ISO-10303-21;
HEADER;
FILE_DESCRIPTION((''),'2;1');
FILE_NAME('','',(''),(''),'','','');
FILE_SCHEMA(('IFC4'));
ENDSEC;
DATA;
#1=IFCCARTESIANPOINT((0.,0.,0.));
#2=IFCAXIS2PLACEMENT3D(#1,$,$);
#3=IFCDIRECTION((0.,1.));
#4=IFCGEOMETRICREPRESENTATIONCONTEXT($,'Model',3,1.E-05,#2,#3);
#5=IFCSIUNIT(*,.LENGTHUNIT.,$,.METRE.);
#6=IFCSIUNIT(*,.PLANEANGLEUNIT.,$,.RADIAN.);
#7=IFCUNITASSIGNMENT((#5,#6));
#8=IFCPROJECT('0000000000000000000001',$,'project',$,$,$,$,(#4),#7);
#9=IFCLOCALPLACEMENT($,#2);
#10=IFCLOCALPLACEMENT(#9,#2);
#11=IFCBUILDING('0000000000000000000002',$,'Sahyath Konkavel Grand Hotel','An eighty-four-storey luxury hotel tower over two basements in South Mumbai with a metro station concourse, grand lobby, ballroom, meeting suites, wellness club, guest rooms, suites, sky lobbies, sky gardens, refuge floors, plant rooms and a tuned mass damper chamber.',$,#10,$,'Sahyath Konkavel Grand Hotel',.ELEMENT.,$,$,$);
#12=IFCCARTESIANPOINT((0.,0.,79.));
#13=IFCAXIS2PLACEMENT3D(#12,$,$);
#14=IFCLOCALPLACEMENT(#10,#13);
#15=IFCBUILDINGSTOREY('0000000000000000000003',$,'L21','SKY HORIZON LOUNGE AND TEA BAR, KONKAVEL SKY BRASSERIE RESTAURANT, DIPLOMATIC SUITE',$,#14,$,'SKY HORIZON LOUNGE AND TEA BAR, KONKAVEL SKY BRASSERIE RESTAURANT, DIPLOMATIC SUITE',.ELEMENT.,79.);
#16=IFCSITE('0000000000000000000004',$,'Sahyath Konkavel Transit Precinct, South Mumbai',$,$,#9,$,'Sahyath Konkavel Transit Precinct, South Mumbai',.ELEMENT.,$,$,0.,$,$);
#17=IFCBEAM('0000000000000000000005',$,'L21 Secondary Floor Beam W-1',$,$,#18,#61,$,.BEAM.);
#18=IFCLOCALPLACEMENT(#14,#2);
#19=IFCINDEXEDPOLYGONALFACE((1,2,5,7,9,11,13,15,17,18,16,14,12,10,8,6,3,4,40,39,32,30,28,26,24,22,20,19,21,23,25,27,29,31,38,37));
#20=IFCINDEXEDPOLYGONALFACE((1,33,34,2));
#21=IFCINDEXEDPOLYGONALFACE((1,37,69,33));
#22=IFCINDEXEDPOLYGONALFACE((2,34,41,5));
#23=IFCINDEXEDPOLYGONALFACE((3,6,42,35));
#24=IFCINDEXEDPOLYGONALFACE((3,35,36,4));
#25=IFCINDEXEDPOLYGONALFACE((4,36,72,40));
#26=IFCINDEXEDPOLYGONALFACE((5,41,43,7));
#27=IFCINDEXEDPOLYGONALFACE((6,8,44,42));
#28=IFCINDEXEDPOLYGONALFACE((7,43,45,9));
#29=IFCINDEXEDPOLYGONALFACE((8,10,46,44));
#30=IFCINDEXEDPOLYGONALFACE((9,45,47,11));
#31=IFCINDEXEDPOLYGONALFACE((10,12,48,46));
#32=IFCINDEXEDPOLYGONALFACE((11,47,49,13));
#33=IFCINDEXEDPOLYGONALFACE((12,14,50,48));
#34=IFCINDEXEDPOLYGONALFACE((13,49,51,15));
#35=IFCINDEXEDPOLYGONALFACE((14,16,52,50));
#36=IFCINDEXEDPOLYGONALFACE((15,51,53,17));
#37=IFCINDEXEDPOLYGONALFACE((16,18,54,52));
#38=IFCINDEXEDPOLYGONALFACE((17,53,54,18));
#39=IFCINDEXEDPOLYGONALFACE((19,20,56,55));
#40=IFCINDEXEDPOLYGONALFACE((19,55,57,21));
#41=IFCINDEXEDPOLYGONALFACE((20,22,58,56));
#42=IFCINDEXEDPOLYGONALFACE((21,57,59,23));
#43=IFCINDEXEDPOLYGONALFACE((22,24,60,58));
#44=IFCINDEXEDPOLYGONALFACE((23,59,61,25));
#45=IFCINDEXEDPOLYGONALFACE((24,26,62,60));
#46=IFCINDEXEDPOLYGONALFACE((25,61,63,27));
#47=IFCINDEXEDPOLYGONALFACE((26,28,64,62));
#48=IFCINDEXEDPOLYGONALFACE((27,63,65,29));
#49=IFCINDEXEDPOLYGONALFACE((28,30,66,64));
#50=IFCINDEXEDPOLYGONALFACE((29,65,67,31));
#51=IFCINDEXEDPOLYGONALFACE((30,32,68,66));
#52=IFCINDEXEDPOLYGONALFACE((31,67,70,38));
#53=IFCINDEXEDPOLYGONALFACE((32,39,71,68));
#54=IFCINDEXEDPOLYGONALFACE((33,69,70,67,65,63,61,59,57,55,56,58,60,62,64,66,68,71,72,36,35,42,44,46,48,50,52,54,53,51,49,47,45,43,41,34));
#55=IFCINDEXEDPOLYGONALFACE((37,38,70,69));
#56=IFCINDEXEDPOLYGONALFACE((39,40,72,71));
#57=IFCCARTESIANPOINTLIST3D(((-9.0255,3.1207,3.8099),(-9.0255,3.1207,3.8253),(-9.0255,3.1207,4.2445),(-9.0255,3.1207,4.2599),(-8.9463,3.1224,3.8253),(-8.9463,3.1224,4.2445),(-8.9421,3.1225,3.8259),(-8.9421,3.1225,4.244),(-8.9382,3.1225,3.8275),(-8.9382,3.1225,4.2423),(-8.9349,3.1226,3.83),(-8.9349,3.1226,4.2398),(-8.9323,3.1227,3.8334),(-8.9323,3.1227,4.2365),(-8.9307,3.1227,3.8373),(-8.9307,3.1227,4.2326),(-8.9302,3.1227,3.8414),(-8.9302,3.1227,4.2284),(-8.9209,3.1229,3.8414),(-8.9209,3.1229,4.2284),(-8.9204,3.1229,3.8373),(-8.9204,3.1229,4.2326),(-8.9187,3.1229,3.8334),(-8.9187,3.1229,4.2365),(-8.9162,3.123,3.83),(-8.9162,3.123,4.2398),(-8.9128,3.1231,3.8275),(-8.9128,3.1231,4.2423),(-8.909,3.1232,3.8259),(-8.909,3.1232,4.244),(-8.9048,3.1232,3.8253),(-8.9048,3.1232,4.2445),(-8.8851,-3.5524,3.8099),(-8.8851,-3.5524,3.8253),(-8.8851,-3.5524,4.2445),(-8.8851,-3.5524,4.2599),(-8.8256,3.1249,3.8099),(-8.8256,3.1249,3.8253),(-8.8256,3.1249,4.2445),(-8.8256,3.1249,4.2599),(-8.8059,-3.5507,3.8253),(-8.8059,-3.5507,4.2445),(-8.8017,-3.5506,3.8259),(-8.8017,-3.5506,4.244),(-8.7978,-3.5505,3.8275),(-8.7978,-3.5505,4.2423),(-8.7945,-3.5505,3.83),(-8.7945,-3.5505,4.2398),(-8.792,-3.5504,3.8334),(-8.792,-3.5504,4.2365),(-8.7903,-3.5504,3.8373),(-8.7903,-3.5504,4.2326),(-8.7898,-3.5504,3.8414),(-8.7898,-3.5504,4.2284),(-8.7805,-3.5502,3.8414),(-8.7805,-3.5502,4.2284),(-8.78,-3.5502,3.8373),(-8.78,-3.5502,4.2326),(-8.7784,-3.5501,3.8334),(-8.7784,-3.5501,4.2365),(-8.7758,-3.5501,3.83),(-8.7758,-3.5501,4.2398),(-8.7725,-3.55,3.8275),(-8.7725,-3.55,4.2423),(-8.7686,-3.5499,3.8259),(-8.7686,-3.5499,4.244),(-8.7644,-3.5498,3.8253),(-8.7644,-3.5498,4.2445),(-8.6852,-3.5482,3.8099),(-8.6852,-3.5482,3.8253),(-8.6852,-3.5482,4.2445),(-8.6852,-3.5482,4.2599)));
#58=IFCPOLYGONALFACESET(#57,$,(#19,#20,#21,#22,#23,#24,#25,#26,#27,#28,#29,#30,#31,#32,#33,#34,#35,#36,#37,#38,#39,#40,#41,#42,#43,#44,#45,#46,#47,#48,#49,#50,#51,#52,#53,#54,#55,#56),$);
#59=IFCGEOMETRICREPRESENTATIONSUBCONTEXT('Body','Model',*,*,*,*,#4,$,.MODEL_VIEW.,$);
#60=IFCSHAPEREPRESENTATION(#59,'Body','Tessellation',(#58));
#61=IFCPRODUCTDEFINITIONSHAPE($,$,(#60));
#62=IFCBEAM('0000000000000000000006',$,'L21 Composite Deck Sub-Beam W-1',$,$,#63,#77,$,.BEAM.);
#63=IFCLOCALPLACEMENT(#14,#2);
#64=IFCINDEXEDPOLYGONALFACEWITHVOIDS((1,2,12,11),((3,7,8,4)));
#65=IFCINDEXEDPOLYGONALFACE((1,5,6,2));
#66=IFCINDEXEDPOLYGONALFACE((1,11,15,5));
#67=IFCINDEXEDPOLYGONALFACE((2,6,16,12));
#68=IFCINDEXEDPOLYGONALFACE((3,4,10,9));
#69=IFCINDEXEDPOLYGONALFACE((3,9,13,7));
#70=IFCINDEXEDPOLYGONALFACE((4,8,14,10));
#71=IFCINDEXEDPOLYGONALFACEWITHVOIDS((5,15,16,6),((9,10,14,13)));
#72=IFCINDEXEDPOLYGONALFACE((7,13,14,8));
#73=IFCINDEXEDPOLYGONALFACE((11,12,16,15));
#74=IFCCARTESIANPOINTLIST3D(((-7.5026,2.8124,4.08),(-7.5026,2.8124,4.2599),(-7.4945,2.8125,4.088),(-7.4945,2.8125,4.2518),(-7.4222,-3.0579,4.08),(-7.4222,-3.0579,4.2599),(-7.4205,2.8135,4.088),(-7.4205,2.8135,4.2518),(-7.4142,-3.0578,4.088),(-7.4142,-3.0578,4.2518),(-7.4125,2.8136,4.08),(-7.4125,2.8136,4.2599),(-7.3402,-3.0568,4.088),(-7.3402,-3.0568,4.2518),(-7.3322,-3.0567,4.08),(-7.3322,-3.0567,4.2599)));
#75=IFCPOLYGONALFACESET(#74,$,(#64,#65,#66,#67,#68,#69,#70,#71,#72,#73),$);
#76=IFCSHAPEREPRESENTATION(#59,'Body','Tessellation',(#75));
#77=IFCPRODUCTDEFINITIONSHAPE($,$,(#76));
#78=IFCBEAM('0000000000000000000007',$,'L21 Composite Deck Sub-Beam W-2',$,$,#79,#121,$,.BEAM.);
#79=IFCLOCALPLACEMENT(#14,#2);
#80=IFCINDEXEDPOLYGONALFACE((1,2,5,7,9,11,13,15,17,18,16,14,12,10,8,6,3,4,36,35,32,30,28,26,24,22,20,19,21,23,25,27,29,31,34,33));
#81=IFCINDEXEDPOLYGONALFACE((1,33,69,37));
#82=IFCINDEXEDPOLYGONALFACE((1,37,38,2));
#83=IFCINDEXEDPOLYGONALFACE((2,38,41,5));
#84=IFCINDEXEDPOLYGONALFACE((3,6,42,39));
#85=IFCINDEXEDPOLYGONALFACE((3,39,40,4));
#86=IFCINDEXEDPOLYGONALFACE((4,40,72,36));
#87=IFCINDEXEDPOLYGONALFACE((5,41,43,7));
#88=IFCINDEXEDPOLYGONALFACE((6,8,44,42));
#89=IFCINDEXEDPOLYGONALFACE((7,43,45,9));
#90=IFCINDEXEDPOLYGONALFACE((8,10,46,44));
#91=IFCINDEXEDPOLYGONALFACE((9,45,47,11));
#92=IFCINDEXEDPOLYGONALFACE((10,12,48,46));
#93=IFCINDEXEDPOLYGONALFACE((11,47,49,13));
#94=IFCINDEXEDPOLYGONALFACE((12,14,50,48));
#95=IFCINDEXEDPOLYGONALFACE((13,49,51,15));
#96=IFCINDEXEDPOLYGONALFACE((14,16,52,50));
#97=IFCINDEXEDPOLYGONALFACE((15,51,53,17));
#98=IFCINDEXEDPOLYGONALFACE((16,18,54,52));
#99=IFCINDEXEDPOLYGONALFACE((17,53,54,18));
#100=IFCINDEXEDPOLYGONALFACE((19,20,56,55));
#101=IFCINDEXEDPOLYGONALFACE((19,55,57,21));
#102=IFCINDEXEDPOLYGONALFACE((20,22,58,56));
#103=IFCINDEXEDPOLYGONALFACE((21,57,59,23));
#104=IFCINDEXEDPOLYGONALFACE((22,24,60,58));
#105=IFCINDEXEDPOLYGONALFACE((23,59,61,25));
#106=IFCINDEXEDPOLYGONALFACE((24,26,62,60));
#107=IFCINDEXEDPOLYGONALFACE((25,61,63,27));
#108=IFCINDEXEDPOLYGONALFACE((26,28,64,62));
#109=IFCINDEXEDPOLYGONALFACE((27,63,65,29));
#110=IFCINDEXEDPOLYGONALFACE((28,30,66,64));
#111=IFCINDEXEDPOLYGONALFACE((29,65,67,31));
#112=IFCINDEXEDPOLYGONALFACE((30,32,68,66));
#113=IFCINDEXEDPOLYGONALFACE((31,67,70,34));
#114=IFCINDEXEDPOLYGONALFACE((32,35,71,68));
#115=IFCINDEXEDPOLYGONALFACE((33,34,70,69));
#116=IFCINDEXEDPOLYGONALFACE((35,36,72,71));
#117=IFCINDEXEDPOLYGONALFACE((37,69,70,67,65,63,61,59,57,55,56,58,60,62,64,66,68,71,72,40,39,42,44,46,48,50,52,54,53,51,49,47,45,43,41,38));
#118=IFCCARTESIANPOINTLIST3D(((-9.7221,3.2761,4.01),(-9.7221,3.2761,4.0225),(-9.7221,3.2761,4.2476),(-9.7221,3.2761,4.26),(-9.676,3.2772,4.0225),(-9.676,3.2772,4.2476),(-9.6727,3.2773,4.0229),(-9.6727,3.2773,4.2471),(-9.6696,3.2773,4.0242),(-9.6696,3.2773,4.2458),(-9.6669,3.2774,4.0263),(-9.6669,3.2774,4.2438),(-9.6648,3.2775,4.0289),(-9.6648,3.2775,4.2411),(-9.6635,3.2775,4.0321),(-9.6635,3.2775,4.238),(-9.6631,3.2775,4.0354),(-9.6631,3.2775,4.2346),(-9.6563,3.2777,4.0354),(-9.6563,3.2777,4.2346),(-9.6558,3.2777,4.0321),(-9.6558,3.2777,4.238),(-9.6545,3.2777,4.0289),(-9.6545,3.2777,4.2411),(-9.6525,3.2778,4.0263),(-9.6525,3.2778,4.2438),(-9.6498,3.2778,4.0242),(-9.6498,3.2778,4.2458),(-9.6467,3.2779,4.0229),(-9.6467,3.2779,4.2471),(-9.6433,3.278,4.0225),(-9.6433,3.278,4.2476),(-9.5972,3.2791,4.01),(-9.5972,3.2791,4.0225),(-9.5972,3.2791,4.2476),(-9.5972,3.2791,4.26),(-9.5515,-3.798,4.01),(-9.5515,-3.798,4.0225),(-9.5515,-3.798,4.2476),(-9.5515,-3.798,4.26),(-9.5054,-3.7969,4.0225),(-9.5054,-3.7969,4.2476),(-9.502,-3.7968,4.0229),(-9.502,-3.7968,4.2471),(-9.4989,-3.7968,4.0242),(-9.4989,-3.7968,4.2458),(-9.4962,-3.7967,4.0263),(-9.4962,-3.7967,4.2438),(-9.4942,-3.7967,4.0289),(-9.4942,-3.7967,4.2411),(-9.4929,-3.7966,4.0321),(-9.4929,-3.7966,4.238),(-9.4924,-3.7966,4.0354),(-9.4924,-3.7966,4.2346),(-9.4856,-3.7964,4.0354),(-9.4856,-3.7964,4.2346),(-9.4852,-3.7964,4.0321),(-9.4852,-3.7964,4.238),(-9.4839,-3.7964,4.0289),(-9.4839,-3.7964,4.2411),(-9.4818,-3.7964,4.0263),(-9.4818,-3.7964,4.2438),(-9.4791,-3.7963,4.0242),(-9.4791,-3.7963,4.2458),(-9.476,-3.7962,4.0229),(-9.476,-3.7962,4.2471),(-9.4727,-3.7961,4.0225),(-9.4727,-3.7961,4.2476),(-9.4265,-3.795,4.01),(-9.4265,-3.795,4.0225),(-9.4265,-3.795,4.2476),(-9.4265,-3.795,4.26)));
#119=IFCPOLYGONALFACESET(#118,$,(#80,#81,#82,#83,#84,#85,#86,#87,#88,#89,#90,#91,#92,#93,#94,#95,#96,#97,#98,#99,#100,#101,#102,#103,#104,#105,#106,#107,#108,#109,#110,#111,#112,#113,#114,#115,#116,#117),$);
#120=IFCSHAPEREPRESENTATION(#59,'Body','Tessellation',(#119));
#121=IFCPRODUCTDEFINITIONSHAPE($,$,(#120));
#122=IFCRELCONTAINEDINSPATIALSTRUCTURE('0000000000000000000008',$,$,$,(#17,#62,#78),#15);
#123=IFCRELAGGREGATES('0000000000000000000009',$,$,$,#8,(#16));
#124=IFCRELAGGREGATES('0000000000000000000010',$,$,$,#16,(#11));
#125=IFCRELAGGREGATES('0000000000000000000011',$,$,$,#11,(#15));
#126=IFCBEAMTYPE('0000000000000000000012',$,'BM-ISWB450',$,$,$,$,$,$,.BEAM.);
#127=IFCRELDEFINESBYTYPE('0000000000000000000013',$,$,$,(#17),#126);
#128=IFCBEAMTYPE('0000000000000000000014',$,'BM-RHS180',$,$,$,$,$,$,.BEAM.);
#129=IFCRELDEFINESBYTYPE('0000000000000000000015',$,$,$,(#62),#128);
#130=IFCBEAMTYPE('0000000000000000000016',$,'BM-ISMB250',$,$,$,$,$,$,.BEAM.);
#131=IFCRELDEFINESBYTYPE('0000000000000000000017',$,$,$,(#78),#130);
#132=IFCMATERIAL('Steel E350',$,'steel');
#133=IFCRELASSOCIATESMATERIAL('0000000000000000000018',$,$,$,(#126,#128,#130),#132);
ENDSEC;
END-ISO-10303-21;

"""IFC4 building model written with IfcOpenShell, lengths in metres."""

from ifc_helpers import new_model, si_unit, direction, frame, origin, origin_2d, place, context, subcontext, project, spatial, hollow_rectangle, i_section, extrude, source, transform, mapped, material, material_profile, profile_set, type_object, element, save


model = new_model("IFC4")

# Units and contexts
model_context = context("Model", 3, precision=1e-05, world=origin(), true_north=direction((0.0, 1.0)))
body_context = subcontext(model_context, "Body", "Model", "MODEL_VIEW")
ifc_project = project(units=[si_unit("LENGTHUNIT", "METRE"), si_unit("PLANEANGLEUNIT", "RADIAN")], contexts=[model_context])

# Site, building, storey
site_placement = place(None, origin())
site = spatial("IfcSite", under=ifc_project, at=site_placement, Name="Sahyath Konkavel Transit Precinct, South Mumbai", LongName="Sahyath Konkavel Transit Precinct, South Mumbai", CompositionType="ELEMENT", RefElevation=0.0)
building_placement = place(site_placement, origin())
building = spatial("IfcBuilding", under=site, at=building_placement, Name="Sahyath Konkavel Grand Hotel", Description="An eighty-four-storey luxury hotel tower over two basements in South Mumbai with a metro station concourse, grand lobby, ballroom, meeting suites, wellness club, guest rooms, suites, sky lobbies, sky gardens, refuge floors, plant rooms and a tuned mass damper chamber.", LongName="Sahyath Konkavel Grand Hotel", CompositionType="ELEMENT")
storey_placement = place(building_placement, frame((0.0, 0.0, 79.0)))
storey = spatial("IfcBuildingStorey", under=building, at=storey_placement, Name="L21", Description="SKY HORIZON LOUNGE AND TEA BAR, KONKAVEL SKY BRASSERIE RESTAURANT, DIPLOMATIC SUITE", LongName="SKY HORIZON LOUNGE AND TEA BAR, KONKAVEL SKY BRASSERIE RESTAURANT, DIPLOMATIC SUITE", CompositionType="ELEMENT", Elevation=79.0)

# Beams
ifc_material_1 = material(Name="Steel E350", Category="steel")
ifc_material_profile_1 = material_profile(ifc_material_1, i_section(OverallWidth=0.2, OverallDepth=0.45, WebThickness=0.0093, FlangeThickness=0.0154, FilletRadius=0.0161, at=origin_2d()), Name="ISWB 450")
ifc_profile_set_1 = profile_set([ifc_material_profile_1], Name="Steel E350")
beam_type_1 = type_object("IfcBeamType", Name="BM-ISWB450", PredefinedType="BEAM", material=ifc_profile_set_1)
shared_shape_1 = source(origin(), body_context, "Body", "SweptSolid", [
    extrude(i_section(OverallWidth=0.2, OverallDepth=0.45, WebThickness=0.0093, FlangeThickness=0.0154, FilletRadius=0.0161, at=origin_2d()), origin(), (0.0, 0.0, 1.0), 6.6746),
])
beam_1_placement = place(storey_placement, frame((-8.9255, 3.1228, 4.0349), z_axis=(0.021032, -0.999779, 0.0), x_axis=(0.999779, 0.021032, 0.0)))
element("IfcBeam", 1, at=beam_1_placement, inside=storey, type_object=beam_type_1, Name="L21 Secondary Floor Beam W-1", PredefinedType="BEAM", context=body_context, shape_type="MappedRepresentation", body=[
    mapped(shared_shape_1, transform((0.0, 0.0, 0.0), scale=1.0)),
])
ifc_material_profile_2 = material_profile(ifc_material_1, hollow_rectangle(XDim=0.0901, YDim=0.1799, WallThickness=0.0081, at=origin_2d()), Name="RHS 180x90x8")
ifc_profile_set_2 = profile_set([ifc_material_profile_2], Name="Steel E350")
beam_type_2 = type_object("IfcBeamType", Name="BM-RHS180", PredefinedType="BEAM", material=ifc_profile_set_2)
shared_shape_2 = source(origin(), body_context, "Body", "SweptSolid", [
    extrude(hollow_rectangle(XDim=0.0901, YDim=0.1799, WallThickness=0.0081, at=origin_2d()), origin(), (0.0, 0.0, 1.0), 5.8708),
])
beam_2_placement = place(storey_placement, frame((-7.4575, 2.813, 4.1699), z_axis=(0.013681, -0.999906, 0.0), x_axis=(0.999906, 0.013681, 0.0)))
element("IfcBeam", 2, at=beam_2_placement, inside=storey, type_object=beam_type_2, Name="L21 Composite Deck Sub-Beam W-1", PredefinedType="BEAM", context=body_context, shape_type="MappedRepresentation", body=[
    mapped(shared_shape_2, transform((0.0, 0.0, 0.0), scale=1.0)),
])
ifc_material_profile_3 = material_profile(ifc_material_1, i_section(OverallWidth=0.125, OverallDepth=0.25, WebThickness=0.0068, FlangeThickness=0.0125, FilletRadius=0.0129, at=origin_2d()), Name="ISMB 250")
ifc_profile_set_3 = profile_set([ifc_material_profile_3], Name="Steel E350")
beam_type_3 = type_object("IfcBeamType", Name="BM-ISMB250", PredefinedType="BEAM", material=ifc_profile_set_3)
shared_shape_3 = source(origin(), body_context, "Body", "SweptSolid", [
    extrude(i_section(OverallWidth=0.125, OverallDepth=0.25, WebThickness=0.0068, FlangeThickness=0.0125, FilletRadius=0.0129, at=origin_2d()), origin(), (0.0, 0.0, 1.0), 7.0762),
])
beam_3_placement = place(storey_placement, frame((-9.6597, 3.2776, 4.135), z_axis=(0.024116, -0.999709, 0.0), x_axis=(0.999709, 0.024116, 0.0)))
element("IfcBeam", 3, at=beam_3_placement, inside=storey, type_object=beam_type_3, Name="L21 Composite Deck Sub-Beam W-2", PredefinedType="BEAM", context=body_context, shape_type="MappedRepresentation", body=[
    mapped(shared_shape_3, transform((0.0, 0.0, 0.0), scale=1.0)),
])

save(model, "model.ifc")
